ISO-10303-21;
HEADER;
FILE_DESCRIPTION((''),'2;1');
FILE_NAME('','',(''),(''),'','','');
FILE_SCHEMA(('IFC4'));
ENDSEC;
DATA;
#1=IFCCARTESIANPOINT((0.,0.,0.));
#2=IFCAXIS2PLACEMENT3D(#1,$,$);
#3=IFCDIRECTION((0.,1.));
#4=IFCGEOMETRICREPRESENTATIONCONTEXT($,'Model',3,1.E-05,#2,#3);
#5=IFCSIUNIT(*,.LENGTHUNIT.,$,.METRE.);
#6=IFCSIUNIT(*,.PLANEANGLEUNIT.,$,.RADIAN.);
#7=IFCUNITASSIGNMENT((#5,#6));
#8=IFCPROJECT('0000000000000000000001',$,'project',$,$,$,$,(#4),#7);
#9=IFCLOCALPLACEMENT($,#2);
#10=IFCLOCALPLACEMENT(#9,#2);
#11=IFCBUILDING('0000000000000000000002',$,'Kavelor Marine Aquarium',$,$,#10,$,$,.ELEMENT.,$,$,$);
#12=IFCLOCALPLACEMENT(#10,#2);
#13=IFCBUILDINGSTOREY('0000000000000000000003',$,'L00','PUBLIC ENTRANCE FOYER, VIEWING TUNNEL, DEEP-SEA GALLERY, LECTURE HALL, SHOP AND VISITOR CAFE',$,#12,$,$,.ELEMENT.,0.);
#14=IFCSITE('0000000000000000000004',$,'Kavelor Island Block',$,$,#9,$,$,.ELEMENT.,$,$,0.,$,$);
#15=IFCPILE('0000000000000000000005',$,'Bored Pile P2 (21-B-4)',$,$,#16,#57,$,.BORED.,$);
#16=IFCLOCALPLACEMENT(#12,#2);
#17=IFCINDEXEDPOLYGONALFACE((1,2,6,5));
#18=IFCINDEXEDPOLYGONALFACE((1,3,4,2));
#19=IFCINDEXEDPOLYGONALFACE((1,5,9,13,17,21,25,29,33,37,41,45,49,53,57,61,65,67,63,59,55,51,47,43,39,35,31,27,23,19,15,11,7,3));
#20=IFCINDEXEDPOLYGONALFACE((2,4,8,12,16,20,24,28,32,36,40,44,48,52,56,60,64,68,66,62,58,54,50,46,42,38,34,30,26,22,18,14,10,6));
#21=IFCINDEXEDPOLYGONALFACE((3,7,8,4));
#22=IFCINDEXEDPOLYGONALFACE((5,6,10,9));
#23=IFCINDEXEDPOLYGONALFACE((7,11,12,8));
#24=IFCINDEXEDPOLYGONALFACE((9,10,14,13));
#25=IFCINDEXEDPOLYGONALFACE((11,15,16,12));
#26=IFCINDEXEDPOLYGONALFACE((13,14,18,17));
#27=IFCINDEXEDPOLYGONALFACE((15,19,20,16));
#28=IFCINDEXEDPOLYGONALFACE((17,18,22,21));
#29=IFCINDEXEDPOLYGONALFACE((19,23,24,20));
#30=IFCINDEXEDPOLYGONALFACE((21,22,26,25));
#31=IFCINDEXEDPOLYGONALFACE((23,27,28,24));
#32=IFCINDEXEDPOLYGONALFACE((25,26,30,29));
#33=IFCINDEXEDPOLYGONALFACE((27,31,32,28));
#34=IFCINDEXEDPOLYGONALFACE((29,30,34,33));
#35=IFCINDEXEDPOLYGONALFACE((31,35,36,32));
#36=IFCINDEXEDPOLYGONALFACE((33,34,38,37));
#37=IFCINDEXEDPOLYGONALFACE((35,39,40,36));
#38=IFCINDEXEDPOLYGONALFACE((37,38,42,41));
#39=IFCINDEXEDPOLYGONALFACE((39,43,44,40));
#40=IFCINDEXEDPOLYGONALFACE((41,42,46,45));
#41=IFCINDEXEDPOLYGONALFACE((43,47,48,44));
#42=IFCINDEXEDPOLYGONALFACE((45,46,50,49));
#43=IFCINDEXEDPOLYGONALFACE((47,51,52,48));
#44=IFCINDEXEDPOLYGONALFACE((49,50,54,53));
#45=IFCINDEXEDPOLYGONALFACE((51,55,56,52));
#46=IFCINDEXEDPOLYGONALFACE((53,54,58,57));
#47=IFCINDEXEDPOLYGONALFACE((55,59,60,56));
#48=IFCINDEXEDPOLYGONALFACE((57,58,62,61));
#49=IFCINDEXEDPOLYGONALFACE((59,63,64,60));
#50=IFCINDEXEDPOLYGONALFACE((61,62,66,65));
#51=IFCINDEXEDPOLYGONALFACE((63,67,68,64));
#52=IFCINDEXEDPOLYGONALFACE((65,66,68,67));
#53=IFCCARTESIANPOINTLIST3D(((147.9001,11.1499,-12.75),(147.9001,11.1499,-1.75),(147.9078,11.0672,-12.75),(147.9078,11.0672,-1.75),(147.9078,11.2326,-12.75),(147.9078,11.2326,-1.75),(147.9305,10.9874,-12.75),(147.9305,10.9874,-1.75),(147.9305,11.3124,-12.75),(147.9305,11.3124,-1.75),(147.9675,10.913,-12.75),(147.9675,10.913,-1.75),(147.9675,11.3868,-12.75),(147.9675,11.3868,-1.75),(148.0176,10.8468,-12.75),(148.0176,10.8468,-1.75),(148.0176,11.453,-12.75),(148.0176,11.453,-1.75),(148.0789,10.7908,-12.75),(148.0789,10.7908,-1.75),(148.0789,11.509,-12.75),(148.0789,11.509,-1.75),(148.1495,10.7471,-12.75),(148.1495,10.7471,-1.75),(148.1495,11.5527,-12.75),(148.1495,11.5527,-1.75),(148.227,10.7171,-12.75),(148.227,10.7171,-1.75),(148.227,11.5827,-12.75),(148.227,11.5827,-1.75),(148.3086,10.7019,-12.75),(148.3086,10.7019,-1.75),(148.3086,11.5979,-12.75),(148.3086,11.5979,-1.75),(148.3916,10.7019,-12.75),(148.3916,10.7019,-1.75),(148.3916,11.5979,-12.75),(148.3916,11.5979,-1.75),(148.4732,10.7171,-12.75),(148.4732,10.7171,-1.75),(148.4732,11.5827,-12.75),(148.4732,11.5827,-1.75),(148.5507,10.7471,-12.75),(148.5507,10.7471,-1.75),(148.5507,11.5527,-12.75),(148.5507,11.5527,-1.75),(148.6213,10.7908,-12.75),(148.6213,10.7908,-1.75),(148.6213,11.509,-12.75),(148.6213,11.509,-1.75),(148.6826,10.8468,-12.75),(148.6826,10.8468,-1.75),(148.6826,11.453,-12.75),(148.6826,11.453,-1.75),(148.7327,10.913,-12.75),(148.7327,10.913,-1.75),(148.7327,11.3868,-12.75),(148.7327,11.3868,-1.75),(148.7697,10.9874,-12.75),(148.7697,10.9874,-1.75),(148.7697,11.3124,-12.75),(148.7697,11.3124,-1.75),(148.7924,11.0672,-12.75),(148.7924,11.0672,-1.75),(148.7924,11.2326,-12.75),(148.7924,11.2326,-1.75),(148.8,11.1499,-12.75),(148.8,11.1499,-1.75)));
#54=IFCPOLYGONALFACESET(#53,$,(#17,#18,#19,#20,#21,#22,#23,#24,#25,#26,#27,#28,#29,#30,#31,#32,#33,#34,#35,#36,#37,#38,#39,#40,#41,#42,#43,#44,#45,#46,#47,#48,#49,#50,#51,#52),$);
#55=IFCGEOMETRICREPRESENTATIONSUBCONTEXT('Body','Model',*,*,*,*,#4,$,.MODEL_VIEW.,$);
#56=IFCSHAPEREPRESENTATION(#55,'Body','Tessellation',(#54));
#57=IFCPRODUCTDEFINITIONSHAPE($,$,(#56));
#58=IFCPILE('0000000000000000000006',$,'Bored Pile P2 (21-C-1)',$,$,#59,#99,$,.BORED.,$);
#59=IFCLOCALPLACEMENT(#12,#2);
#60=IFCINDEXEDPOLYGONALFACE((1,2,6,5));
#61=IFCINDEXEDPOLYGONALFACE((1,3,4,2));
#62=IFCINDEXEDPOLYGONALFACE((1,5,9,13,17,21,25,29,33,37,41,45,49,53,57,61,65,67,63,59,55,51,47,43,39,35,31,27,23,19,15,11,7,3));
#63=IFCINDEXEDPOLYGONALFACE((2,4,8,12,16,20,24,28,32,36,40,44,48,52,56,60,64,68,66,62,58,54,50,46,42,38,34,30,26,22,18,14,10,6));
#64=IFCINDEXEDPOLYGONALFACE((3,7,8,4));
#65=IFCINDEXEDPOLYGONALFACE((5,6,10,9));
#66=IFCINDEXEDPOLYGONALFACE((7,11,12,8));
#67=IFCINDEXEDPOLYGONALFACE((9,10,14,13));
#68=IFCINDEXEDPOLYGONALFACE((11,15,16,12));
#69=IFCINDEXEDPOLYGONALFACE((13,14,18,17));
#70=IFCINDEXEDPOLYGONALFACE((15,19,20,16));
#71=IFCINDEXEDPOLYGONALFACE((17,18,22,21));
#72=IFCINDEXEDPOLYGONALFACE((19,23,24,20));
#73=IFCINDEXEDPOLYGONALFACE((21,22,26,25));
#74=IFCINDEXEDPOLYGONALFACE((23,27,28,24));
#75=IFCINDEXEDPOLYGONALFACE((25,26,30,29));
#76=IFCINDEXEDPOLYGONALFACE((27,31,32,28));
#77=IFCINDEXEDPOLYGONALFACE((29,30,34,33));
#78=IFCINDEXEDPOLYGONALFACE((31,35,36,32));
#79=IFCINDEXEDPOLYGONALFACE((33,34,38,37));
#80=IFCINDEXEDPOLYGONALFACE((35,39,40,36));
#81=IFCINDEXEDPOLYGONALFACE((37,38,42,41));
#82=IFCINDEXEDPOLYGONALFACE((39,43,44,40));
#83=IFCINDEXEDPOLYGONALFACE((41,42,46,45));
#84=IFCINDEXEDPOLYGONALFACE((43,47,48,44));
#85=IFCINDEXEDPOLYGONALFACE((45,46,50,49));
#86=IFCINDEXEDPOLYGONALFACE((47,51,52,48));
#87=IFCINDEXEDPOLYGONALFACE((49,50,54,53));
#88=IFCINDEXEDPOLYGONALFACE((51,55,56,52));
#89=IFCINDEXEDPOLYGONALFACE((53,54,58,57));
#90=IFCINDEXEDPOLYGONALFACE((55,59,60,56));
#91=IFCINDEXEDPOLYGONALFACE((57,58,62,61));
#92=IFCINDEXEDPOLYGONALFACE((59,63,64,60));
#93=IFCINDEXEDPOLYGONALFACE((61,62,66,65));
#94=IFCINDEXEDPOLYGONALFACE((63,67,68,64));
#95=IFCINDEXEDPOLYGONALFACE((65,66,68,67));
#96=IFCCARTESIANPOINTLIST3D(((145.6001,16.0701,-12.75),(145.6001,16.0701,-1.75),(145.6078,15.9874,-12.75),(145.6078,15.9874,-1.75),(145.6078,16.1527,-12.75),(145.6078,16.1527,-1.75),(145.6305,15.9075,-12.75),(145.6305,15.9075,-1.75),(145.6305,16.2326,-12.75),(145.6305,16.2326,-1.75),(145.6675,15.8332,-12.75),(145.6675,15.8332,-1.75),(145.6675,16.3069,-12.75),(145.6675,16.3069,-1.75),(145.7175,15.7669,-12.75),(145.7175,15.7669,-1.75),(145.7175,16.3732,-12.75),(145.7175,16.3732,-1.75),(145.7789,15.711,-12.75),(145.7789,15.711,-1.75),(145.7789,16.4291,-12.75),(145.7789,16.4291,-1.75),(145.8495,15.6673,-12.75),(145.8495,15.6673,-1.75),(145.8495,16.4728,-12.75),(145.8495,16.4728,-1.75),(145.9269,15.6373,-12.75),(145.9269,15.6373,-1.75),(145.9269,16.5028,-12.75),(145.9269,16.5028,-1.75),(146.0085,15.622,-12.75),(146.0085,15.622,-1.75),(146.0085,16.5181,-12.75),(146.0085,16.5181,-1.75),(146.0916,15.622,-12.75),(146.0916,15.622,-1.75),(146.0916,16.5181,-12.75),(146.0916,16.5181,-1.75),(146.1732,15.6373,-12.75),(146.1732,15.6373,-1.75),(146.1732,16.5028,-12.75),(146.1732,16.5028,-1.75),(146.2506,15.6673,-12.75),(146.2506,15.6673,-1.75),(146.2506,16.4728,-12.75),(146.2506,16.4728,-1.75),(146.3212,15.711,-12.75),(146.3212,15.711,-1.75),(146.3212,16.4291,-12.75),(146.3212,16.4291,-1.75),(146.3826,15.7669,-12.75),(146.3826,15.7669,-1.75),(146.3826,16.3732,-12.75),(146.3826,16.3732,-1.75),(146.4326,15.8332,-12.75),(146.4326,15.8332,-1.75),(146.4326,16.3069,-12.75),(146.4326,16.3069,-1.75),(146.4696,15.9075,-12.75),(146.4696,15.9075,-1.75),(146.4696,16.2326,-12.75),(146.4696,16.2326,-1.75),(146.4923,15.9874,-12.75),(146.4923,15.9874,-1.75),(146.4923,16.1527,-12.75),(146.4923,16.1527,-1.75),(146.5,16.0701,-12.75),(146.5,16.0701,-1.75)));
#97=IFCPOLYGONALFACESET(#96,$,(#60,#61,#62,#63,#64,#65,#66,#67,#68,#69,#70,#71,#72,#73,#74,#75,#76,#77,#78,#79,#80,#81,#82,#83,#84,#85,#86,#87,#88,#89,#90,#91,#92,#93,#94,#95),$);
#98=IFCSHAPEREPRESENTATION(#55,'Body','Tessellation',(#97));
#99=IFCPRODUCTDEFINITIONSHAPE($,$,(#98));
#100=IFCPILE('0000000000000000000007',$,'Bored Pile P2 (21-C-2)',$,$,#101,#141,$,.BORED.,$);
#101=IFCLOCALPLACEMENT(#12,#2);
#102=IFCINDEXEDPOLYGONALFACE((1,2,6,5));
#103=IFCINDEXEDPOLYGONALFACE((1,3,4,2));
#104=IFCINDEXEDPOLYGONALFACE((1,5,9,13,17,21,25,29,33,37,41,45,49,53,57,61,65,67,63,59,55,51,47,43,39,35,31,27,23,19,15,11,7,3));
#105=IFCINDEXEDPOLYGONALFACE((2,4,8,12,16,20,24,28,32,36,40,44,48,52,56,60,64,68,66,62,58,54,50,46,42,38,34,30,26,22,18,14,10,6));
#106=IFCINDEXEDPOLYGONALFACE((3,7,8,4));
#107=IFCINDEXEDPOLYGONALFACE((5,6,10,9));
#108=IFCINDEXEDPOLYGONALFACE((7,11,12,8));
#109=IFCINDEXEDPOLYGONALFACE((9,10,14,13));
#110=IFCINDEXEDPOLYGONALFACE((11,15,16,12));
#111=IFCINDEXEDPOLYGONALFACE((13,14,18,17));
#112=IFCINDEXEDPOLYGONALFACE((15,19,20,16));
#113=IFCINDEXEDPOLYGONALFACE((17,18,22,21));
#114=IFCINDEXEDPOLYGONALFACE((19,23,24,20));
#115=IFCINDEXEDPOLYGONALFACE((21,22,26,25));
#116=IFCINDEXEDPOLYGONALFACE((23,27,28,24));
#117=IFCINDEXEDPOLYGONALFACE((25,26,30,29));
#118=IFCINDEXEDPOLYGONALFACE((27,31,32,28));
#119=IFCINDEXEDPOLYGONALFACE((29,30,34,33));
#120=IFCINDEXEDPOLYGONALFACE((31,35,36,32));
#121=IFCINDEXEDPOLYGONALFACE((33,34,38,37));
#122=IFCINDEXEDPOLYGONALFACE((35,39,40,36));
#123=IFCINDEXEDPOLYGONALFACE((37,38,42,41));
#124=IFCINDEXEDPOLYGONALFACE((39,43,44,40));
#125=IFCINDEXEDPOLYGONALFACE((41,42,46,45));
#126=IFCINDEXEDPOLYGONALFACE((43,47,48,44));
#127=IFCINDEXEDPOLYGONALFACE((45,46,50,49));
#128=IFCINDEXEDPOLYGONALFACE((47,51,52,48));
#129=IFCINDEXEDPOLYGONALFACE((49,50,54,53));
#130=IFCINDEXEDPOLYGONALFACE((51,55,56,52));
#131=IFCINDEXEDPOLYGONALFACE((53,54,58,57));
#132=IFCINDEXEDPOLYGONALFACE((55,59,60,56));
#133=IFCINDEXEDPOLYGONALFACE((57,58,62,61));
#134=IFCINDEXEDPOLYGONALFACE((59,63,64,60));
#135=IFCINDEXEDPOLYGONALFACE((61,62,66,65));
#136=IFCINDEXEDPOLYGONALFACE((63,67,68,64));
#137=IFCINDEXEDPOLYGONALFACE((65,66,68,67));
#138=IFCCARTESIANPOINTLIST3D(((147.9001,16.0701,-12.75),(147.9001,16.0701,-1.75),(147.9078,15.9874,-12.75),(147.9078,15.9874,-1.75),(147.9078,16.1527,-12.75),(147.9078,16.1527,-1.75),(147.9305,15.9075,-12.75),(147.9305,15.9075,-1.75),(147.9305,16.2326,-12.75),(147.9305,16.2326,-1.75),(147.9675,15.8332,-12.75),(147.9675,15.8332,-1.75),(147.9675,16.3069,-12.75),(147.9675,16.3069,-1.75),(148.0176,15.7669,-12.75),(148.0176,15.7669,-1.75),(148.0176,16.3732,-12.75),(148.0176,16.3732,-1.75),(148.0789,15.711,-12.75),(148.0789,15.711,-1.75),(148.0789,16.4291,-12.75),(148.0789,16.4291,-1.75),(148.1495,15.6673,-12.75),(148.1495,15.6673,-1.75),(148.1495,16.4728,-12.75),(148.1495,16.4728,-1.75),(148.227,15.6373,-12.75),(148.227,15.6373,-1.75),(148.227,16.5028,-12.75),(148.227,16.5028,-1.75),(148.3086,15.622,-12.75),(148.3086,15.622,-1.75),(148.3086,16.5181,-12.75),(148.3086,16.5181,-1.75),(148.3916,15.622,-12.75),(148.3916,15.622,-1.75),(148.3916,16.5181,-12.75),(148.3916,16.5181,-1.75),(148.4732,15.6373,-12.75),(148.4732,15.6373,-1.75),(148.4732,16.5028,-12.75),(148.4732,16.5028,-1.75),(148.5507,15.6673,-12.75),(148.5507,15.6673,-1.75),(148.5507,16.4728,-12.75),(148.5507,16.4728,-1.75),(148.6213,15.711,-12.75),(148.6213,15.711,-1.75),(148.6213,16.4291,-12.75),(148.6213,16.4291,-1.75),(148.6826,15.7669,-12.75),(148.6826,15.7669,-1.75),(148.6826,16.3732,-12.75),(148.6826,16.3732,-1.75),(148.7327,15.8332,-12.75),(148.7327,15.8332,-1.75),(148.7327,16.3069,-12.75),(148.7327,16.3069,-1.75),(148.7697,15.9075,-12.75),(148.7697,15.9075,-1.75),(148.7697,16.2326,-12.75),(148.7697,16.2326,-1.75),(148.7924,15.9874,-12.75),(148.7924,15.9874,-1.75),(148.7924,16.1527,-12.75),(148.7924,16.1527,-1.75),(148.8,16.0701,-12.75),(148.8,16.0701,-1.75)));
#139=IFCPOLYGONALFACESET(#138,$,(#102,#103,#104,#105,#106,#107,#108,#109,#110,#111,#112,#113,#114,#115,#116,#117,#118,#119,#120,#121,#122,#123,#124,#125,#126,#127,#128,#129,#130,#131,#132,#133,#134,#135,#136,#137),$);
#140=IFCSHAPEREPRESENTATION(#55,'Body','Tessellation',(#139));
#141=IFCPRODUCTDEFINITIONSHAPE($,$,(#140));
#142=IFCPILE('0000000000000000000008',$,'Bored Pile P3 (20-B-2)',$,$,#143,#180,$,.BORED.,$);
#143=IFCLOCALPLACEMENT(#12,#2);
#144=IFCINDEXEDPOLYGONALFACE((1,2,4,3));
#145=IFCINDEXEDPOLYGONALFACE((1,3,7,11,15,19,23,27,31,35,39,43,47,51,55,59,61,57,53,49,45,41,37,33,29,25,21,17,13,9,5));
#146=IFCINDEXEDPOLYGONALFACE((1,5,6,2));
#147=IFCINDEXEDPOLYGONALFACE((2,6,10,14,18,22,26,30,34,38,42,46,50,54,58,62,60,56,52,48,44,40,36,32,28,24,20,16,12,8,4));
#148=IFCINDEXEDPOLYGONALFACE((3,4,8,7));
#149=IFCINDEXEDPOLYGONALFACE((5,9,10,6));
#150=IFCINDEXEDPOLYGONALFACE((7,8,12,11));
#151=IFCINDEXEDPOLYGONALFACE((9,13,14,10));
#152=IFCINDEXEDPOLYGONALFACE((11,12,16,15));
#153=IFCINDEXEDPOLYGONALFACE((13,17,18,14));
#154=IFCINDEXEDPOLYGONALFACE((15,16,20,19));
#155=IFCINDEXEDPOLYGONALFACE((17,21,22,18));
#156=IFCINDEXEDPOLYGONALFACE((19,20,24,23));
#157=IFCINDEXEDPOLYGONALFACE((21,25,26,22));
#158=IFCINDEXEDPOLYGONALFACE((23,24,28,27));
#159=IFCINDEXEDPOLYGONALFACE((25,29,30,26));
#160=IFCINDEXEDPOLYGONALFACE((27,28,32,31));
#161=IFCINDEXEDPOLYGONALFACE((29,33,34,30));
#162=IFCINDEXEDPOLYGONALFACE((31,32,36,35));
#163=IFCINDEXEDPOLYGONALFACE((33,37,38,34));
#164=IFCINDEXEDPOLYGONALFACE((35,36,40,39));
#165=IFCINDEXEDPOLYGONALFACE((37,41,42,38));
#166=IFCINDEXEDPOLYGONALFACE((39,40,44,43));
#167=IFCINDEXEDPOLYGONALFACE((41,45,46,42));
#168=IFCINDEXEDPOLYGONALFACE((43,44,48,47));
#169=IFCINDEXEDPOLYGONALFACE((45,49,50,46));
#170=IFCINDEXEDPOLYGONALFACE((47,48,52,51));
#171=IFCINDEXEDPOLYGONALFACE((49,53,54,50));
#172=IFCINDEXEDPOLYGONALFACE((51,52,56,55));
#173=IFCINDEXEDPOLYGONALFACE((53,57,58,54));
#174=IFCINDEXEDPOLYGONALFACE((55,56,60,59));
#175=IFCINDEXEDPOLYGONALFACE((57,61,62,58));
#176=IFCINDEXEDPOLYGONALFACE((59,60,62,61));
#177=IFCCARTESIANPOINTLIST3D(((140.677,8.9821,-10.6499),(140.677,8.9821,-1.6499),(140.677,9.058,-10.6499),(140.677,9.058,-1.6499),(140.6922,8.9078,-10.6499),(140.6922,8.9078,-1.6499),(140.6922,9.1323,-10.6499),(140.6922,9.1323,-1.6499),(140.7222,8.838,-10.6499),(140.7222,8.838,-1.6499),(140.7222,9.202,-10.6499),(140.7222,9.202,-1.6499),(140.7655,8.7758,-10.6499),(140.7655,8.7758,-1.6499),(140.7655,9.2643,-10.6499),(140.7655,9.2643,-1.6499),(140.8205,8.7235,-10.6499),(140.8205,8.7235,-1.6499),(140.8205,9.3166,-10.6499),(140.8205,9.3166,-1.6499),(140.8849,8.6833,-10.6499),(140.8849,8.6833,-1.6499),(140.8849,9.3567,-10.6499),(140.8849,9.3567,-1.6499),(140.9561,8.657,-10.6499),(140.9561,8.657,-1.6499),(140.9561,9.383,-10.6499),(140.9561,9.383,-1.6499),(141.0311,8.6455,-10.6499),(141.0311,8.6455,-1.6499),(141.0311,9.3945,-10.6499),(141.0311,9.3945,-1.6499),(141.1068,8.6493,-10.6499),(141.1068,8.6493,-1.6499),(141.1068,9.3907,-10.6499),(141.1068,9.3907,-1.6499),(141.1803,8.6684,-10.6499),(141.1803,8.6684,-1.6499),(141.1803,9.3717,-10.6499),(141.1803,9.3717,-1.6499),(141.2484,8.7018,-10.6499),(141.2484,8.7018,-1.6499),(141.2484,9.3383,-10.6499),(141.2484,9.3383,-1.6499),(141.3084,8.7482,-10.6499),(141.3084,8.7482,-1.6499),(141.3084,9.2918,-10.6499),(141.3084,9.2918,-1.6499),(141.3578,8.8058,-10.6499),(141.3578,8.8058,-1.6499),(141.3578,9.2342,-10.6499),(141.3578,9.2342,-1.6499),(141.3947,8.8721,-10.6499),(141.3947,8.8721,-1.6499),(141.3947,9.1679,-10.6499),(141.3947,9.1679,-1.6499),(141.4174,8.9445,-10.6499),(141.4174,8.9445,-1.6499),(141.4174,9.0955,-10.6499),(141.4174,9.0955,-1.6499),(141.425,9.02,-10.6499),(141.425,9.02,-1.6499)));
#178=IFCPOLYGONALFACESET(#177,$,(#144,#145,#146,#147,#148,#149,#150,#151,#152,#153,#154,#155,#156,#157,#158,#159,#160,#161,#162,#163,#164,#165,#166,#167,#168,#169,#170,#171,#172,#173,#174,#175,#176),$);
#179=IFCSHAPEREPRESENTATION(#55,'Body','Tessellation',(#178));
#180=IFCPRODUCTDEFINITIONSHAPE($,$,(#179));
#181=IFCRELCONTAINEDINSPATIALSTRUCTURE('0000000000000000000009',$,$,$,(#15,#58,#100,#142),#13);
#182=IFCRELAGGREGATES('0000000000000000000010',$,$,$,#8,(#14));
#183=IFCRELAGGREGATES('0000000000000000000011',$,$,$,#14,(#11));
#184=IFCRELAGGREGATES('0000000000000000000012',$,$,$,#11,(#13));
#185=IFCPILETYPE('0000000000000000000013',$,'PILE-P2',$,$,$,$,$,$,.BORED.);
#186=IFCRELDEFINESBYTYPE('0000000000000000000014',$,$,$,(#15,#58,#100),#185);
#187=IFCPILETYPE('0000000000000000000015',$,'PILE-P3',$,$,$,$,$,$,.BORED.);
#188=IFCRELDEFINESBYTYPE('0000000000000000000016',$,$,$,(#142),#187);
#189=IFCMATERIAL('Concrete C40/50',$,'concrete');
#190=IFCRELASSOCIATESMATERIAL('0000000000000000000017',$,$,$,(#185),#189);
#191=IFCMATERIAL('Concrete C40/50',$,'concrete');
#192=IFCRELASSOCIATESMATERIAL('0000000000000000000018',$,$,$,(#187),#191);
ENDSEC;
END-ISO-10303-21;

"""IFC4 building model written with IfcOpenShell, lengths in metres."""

from ifc_helpers import new_model, si_unit, direction, frame, origin, origin_2d, place, context, subcontext, project, spatial, circle, extrude, material, material_profile, profile_set, type_object, element, save


model = new_model("IFC4")

# Units and contexts
model_context = context("Model", 3, precision=1e-05, world=origin(), true_north=direction((0.0, 1.0)))
body_context = subcontext(model_context, "Body", "Model", "MODEL_VIEW")
ifc_project = project(units=[si_unit("LENGTHUNIT", "METRE"), si_unit("PLANEANGLEUNIT", "RADIAN")], contexts=[model_context])

# Site, building, storey
site_placement = place(None, origin())
site = spatial("IfcSite", under=ifc_project, at=site_placement, Name="Kavelor Island Block", CompositionType="ELEMENT", RefElevation=0.0)
building_placement = place(site_placement, origin())
building = spatial("IfcBuilding", under=site, at=building_placement, Name="Kavelor Marine Aquarium", CompositionType="ELEMENT")
storey_placement = place(building_placement, origin())
storey = spatial("IfcBuildingStorey", under=building, at=storey_placement, Name="L00", Description="PUBLIC ENTRANCE FOYER, VIEWING TUNNEL, DEEP-SEA GALLERY, LECTURE HALL, SHOP AND VISITOR CAFE", CompositionType="ELEMENT", Elevation=0.0)

# Piles
ifc_material_1 = material(Name="Concrete C40/50", Category="concrete")
ifc_material_profile_1 = material_profile(ifc_material_1, circle(Radius=0.45, at=origin_2d()), Name="PILE D900")
ifc_profile_set_1 = profile_set([ifc_material_profile_1], Name="Concrete C40/50")
pile_type_1 = type_object("IfcPileType", Name="PILE-P2", PredefinedType="BORED", material=ifc_profile_set_1)
for number, where, z_axis, x_axis, name in (
    (1, (148.3501, 11.1499, -1.75), (0.0, 0.0, -1.0), (1.0, 0.0, 0.0), "Bored Pile P2 (21-B-4)"),
    (2, (146.05, 16.0701, -1.75), (0.0, 0.0, -1.0), (1.0, 0.0, 0.0), "Bored Pile P2 (21-C-1)"),
    (3, (148.3501, 16.0701, -1.75), (0.0, 0.0, -1.0), (1.0, 0.0, 0.0), "Bored Pile P2 (21-C-2)"),
):
    element("IfcPile", number, at=place(storey_placement, frame(where, z_axis=z_axis, x_axis=x_axis)), inside=storey, type_object=pile_type_1, Name=name, PredefinedType="BORED", context=body_context, shape_type="SweptSolid", body=[
        extrude(circle(Radius=0.45, at=origin_2d()), origin(), (0.0, 0.0, 1.0), 11.0),
    ])
ifc_material_2 = material(Name="Concrete C40/50", Category="concrete")
ifc_material_profile_2 = material_profile(ifc_material_2, circle(Radius=0.375, at=origin_2d()), Name="PILE D750")
ifc_profile_set_2 = profile_set([ifc_material_profile_2], Name="Concrete C40/50")
pile_type_2 = type_object("IfcPileType", Name="PILE-P3", PredefinedType="BORED", material=ifc_profile_set_2)
for number, where, z_axis, x_axis, name in (
    (4, (141.05, 9.02, -1.6499), (0.0, 0.0, -1.0), (1.0, 0.0, 0.0), "Bored Pile P3 (20-B-2)"),
):
    element("IfcPile", number, at=place(storey_placement, frame(where, z_axis=z_axis, x_axis=x_axis)), inside=storey, type_object=pile_type_2, Name=name, PredefinedType="BORED", context=body_context, shape_type="SweptSolid", body=[
        extrude(circle(Radius=0.375, at=origin_2d()), origin(), (0.0, 0.0, 1.0), 9.0),
    ])

save(model, "model.ifc")
